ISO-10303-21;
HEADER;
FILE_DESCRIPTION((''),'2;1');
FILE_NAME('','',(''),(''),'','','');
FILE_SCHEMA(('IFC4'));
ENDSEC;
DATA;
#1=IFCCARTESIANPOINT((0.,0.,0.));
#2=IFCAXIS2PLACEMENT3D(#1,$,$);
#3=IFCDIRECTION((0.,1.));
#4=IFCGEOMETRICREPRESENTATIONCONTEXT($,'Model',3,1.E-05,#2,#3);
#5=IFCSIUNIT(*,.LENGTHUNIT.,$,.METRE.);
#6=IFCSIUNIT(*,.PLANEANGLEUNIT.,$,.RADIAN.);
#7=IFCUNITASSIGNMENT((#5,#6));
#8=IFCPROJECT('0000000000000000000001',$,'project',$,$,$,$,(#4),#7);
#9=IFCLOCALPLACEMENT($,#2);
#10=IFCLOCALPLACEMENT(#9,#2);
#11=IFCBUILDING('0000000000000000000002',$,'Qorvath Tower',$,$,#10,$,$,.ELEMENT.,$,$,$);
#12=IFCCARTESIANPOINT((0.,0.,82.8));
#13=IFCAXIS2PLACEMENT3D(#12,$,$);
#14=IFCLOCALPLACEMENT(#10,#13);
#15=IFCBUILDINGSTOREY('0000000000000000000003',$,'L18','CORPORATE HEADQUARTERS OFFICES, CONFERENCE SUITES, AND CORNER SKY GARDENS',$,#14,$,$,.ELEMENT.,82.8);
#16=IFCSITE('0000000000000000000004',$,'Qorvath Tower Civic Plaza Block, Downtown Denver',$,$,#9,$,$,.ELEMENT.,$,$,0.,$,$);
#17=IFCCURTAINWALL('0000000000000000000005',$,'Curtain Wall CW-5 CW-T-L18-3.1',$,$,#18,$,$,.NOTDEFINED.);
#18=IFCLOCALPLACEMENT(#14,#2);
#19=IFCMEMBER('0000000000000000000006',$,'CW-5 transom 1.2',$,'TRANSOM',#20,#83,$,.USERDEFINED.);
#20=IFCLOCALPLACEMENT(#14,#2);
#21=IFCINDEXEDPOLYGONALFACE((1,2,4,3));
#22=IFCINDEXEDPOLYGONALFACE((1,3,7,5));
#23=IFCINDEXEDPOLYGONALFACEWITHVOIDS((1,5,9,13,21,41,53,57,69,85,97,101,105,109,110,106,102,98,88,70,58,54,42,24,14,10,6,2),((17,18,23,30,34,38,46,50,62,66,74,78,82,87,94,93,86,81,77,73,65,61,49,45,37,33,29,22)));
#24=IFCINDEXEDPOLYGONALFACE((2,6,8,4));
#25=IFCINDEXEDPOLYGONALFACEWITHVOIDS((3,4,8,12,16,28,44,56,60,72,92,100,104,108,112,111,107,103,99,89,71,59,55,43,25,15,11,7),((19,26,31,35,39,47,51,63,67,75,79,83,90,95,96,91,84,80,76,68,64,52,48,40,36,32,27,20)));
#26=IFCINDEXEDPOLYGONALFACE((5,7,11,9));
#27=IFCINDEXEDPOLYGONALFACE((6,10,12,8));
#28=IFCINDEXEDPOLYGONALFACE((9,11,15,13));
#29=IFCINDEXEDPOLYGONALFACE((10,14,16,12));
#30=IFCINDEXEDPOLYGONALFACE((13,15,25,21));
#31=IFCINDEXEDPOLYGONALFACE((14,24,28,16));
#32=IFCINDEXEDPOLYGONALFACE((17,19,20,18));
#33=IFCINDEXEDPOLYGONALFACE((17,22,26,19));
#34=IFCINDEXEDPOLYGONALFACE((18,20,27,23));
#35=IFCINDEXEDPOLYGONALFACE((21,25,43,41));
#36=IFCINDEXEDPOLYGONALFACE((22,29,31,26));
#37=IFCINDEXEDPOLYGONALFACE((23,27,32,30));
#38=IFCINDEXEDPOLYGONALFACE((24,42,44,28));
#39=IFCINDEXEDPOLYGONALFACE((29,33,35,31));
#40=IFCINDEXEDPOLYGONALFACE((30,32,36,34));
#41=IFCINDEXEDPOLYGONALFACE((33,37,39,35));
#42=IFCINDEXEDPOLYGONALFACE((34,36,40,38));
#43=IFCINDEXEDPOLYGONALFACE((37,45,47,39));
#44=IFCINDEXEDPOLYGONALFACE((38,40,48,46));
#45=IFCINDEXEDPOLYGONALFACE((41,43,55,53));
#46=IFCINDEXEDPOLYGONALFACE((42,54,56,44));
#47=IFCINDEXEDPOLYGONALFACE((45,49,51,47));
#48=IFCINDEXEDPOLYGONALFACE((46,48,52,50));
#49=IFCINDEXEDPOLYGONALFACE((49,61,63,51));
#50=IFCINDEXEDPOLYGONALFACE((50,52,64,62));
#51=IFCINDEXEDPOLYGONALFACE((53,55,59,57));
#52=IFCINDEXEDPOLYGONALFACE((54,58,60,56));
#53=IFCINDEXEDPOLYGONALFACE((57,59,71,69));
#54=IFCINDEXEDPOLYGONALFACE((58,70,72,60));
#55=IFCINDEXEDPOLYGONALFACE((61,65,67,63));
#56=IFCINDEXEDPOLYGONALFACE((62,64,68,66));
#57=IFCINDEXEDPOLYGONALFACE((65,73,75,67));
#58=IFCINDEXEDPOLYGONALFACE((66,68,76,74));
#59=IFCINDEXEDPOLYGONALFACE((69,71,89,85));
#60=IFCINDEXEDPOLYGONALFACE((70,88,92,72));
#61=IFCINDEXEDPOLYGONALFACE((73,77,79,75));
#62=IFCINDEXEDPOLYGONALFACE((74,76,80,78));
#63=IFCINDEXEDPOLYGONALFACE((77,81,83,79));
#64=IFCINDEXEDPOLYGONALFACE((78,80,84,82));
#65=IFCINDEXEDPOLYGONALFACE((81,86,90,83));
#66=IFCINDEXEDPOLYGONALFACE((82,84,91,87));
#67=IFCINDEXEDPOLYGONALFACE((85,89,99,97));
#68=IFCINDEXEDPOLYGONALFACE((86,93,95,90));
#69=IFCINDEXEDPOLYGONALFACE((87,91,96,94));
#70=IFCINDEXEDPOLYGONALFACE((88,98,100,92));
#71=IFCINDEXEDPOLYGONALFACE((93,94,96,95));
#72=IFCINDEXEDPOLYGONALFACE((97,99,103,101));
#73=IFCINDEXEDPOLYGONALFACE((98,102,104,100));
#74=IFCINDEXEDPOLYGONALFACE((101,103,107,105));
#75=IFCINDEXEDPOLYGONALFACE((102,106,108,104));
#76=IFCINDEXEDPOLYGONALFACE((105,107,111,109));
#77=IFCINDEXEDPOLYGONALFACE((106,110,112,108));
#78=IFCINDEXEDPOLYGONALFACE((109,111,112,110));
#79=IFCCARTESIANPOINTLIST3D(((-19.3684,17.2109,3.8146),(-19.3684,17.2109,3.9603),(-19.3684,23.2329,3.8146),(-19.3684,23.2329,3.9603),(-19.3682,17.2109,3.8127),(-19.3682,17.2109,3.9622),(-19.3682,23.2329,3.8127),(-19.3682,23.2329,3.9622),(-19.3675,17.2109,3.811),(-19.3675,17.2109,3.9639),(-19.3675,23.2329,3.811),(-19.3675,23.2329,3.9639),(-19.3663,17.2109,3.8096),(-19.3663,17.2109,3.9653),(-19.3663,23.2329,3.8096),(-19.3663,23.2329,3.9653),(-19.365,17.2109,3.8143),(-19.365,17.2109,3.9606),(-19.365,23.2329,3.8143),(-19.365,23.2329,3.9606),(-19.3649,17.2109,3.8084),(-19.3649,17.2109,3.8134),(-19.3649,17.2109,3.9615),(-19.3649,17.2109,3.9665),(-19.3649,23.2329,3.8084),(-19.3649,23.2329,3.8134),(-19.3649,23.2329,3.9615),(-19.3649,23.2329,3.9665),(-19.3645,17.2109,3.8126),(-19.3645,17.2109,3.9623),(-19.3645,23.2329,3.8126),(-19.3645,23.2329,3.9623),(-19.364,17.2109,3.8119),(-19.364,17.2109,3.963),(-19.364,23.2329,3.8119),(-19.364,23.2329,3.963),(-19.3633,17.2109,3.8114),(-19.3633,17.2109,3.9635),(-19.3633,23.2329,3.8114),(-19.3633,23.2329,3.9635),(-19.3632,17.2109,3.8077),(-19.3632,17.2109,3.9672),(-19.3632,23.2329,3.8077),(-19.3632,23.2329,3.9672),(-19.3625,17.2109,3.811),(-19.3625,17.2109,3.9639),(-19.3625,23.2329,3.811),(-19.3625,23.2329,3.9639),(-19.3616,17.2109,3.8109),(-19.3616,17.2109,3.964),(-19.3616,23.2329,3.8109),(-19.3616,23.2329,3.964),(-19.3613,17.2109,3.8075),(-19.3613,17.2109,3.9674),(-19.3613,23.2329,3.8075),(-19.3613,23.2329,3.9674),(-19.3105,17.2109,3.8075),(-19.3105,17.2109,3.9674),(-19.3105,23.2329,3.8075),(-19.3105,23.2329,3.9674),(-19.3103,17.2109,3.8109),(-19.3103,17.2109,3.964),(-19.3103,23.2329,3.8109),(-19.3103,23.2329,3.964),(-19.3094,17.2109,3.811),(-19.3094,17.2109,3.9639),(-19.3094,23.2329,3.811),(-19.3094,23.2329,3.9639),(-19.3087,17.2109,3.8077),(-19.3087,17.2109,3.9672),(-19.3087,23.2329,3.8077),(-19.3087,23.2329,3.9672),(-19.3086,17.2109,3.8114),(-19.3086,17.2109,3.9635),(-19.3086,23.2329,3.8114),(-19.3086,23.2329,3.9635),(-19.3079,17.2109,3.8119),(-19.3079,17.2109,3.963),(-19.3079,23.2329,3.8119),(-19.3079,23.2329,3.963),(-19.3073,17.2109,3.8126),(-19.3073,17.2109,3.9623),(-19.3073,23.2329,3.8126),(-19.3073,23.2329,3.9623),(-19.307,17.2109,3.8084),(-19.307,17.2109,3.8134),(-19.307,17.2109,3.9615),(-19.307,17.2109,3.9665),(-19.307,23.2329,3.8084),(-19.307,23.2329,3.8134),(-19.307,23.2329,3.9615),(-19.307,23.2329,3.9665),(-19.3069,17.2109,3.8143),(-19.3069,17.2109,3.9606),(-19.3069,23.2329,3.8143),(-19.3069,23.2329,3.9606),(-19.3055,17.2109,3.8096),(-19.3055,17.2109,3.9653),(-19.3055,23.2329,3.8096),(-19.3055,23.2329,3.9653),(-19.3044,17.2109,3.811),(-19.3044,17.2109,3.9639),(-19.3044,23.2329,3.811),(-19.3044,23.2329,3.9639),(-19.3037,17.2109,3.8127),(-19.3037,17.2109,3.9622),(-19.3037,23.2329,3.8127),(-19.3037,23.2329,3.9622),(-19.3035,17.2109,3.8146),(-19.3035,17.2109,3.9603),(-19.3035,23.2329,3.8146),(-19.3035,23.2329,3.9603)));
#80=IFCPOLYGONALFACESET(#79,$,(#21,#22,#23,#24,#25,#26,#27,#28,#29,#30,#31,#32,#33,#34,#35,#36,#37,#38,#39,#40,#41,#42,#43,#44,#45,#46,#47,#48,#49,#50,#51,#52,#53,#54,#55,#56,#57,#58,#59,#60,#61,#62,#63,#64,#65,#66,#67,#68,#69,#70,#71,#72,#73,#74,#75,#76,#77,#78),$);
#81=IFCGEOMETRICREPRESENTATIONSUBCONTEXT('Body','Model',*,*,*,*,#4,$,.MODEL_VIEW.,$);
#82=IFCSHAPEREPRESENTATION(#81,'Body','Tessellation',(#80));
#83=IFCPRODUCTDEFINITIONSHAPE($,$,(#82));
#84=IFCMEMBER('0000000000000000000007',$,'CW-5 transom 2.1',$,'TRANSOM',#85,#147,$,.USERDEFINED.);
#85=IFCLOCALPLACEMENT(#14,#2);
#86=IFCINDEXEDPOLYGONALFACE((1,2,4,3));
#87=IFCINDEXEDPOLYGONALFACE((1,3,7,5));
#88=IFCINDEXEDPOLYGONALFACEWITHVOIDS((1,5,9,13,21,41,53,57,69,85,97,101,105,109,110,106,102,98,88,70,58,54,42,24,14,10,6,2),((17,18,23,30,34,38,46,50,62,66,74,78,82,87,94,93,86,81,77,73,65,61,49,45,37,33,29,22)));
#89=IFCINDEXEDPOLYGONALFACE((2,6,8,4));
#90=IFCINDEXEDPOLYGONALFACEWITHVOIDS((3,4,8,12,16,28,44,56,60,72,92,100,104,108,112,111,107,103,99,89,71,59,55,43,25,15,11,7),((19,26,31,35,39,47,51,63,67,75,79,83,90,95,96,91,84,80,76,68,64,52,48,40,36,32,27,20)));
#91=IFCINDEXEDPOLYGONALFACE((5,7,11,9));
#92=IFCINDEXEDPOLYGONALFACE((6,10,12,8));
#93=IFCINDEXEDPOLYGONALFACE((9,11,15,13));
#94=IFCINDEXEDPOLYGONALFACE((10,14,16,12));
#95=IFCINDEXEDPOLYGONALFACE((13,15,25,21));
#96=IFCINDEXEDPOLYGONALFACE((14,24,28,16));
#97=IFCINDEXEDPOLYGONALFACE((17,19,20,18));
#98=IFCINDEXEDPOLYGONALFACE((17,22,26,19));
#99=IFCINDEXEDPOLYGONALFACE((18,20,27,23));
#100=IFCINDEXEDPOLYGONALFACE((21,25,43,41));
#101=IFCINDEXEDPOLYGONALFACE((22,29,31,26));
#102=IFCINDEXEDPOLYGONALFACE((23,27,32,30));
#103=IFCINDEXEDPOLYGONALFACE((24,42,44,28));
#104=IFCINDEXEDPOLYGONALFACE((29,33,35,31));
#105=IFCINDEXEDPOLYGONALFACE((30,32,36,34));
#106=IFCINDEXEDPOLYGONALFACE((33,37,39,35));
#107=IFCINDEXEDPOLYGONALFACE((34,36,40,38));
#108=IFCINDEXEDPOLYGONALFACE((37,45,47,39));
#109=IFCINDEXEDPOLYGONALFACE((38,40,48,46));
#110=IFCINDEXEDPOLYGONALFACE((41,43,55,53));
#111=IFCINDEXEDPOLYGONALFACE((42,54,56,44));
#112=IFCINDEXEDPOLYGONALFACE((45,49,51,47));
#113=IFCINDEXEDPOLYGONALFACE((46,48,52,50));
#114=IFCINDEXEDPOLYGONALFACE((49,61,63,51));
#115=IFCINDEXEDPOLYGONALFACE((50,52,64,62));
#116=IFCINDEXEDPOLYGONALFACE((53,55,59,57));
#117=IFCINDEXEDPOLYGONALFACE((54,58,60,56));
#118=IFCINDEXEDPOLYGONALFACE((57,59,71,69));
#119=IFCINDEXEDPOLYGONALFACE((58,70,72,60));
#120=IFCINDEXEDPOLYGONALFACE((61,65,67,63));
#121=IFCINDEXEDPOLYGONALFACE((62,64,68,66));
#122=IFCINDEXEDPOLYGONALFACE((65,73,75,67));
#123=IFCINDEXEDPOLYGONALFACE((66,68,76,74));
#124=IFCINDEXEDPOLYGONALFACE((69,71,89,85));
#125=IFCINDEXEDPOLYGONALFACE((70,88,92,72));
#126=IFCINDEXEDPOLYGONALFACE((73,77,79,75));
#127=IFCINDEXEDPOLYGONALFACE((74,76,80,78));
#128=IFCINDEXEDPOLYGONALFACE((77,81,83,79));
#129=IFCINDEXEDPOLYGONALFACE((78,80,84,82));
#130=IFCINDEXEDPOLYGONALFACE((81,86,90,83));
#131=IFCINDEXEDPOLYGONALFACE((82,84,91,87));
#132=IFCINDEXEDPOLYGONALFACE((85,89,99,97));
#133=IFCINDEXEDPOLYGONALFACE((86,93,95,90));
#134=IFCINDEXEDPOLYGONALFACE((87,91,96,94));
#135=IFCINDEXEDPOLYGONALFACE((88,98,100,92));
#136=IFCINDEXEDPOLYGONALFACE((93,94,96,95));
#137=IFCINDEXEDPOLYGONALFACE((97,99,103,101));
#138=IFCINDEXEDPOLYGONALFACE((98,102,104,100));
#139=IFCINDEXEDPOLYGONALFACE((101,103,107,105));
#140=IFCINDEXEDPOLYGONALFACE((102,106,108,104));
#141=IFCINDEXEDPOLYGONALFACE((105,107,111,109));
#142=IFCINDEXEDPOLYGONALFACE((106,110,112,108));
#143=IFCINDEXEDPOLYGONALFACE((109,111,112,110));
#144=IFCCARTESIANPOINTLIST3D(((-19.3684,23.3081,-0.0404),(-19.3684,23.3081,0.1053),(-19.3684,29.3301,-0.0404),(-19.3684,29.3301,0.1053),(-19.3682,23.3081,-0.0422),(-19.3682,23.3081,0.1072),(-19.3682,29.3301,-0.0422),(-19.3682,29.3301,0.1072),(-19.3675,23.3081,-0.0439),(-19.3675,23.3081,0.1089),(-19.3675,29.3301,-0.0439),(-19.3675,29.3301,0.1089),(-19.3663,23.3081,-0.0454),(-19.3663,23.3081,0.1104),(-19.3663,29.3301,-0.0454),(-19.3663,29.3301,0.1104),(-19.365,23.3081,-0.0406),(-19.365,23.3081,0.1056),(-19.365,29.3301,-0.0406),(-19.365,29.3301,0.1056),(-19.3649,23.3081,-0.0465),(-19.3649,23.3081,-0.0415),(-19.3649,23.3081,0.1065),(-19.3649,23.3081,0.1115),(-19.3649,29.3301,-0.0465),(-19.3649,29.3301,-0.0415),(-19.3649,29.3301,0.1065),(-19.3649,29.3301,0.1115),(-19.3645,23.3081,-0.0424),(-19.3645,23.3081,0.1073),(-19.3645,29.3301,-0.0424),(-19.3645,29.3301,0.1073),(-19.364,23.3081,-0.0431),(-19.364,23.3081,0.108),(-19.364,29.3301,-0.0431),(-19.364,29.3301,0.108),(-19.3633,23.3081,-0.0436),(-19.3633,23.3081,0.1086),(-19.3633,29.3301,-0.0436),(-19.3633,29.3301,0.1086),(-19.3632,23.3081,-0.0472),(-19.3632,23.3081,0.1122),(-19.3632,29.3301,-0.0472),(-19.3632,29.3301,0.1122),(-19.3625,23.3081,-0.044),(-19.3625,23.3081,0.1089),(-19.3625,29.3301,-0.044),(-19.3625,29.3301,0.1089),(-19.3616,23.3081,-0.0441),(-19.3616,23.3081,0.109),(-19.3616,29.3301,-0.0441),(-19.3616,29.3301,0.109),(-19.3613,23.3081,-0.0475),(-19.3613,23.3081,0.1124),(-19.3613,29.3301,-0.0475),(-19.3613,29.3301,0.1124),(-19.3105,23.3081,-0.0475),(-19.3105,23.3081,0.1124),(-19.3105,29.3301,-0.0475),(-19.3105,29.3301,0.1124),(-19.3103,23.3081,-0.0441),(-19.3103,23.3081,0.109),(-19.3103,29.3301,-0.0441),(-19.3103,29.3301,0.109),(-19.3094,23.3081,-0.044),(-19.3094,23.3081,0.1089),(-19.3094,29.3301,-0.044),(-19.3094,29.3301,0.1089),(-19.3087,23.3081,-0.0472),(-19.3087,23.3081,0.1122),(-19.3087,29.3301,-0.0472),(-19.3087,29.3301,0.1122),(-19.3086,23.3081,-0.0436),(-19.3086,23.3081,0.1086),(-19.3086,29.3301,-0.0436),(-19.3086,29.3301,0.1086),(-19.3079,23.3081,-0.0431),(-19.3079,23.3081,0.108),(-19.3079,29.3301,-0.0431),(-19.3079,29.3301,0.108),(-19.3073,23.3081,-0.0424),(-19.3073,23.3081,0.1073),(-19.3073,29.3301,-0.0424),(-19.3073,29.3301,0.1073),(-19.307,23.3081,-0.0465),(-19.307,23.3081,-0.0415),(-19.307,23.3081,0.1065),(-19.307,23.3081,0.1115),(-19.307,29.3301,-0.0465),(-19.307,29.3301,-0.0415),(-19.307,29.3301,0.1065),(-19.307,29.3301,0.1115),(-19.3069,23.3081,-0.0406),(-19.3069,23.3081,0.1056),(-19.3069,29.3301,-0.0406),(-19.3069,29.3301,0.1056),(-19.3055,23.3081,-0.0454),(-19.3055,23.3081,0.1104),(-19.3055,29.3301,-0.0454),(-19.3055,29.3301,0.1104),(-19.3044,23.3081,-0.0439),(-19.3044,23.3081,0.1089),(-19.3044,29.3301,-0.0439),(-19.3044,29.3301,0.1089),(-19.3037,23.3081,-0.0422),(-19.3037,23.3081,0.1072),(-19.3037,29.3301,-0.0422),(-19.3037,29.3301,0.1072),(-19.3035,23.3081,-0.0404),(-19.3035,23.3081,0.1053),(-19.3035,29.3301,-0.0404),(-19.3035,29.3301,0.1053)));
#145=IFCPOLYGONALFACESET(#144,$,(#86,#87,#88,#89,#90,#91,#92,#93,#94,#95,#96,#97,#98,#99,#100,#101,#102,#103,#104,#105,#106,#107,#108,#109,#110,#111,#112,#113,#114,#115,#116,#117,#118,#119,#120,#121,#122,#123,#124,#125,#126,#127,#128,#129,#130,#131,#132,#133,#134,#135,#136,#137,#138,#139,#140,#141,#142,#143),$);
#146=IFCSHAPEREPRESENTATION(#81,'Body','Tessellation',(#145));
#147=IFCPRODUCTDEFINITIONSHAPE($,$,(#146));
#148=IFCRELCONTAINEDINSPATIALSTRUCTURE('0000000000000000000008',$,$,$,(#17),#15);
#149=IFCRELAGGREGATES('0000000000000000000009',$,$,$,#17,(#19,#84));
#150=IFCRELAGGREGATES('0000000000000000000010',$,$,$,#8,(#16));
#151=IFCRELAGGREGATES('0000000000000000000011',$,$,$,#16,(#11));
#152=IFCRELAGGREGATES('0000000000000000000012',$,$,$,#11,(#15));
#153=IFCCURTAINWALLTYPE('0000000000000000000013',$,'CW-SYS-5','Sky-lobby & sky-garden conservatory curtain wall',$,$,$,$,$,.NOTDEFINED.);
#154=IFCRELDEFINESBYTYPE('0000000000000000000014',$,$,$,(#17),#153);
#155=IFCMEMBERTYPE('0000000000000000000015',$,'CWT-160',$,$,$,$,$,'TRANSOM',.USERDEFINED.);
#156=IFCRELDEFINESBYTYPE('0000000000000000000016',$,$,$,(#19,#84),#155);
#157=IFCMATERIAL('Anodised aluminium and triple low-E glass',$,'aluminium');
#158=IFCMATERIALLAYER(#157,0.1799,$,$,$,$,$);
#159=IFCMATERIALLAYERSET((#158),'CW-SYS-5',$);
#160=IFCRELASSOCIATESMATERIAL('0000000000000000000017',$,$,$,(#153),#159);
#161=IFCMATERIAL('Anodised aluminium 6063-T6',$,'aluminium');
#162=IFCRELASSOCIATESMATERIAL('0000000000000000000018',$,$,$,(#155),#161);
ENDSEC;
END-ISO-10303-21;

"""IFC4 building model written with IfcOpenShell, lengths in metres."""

from ifc_helpers import new_model, si_unit, direction, frame, origin, origin_2d, place, context, subcontext, project, spatial, hollow_rectangle, extrude, material, layer, layer_set, material_profile, profile_set, type_object, element, aggregate, save


model = new_model("IFC4")

# Units and contexts
model_context = context("Model", 3, precision=1e-05, world=origin(), true_north=direction((0.0, 1.0)))
body_context = subcontext(model_context, "Body", "Model", "MODEL_VIEW")
ifc_project = project(units=[si_unit("LENGTHUNIT", "METRE"), si_unit("PLANEANGLEUNIT", "RADIAN")], contexts=[model_context])

# Site, building, storey
site_placement = place(None, origin())
site = spatial("IfcSite", under=ifc_project, at=site_placement, Name="Qorvath Tower Civic Plaza Block, Downtown Denver", CompositionType="ELEMENT", RefElevation=0.0)
building_placement = place(site_placement, origin())
building = spatial("IfcBuilding", under=site, at=building_placement, Name="Qorvath Tower", CompositionType="ELEMENT")
storey_placement = place(building_placement, frame((0.0, 0.0, 82.8)))
storey = spatial("IfcBuildingStorey", under=building, at=storey_placement, Name="L18", Description="CORPORATE HEADQUARTERS OFFICES, CONFERENCE SUITES, AND CORNER SKY GARDENS", CompositionType="ELEMENT", Elevation=82.8)

# Shared definitions
ifc_material_1 = material(Name="Anodised aluminium and triple low-E glass", Category="aluminium")
ifc_layer_1 = layer(ifc_material_1, 0.1799)
ifc_layer_set_1 = layer_set([ifc_layer_1], Name="CW-SYS-5")
curtain_wall_type = type_object("IfcCurtainWallType", Name="CW-SYS-5", Description="Sky-lobby & sky-garden conservatory curtain wall", PredefinedType="NOTDEFINED", material=ifc_layer_set_1)

# Curtain wall
curtain_wall_1_placement = place(storey_placement, origin())
curtain_wall_1 = element("IfcCurtainWall", 1, at=curtain_wall_1_placement, inside=storey, type_object=curtain_wall_type, Name="Curtain Wall CW-5 CW-T-L18-3.1", PredefinedType="NOTDEFINED")

# Members
ifc_material_2 = material(Name="Anodised aluminium 6063-T6", Category="aluminium")
ifc_material_profile_1 = material_profile(ifc_material_2, hollow_rectangle(XDim=0.0649, YDim=0.1599, WallThickness=0.0034, InnerFilletRadius=0.0034, OuterFilletRadius=0.0071, at=origin_2d()), Name="CWT 160x65")
ifc_profile_set_1 = profile_set([ifc_material_profile_1], Name="Anodised aluminium 6063-T6")
member_type_1 = type_object("IfcMemberType", Name="CWT-160", ElementType="TRANSOM", PredefinedType="USERDEFINED", material=ifc_profile_set_1)
member_1_placement = place(storey_placement, frame((-19.3359, 17.2109, 3.8875), z_axis=(0.0, 1.0, 0.0), x_axis=(-1.0, 0.0, 0.0)))
member_1 = element("IfcMember", 2, at=member_1_placement, type_object=member_type_1, Name="CW-5 transom 1.2", ObjectType="TRANSOM", PredefinedType="USERDEFINED", context=body_context, shape_type="SweptSolid", body=[
    extrude(hollow_rectangle(XDim=0.0649, YDim=0.1599, WallThickness=0.0034, InnerFilletRadius=0.0034, OuterFilletRadius=0.0071, at=origin_2d()), origin(), (0.0, 0.0, 1.0), 6.022),
])
member_2_placement = place(storey_placement, frame((-19.3359, 23.3081, 0.0325), z_axis=(0.0, 1.0, 0.0), x_axis=(-1.0, 0.0, 0.0)))
member_2 = element("IfcMember", 3, at=member_2_placement, type_object=member_type_1, Name="CW-5 transom 2.1", ObjectType="TRANSOM", PredefinedType="USERDEFINED", context=body_context, shape_type="SweptSolid", body=[
    extrude(hollow_rectangle(XDim=0.0649, YDim=0.1599, WallThickness=0.0034, InnerFilletRadius=0.0034, OuterFilletRadius=0.0071, at=origin_2d()), origin(), (0.0, 0.0, 1.0), 6.022),
])

aggregate(curtain_wall_1, [member_1, member_2])

save(model, "model.ifc")
